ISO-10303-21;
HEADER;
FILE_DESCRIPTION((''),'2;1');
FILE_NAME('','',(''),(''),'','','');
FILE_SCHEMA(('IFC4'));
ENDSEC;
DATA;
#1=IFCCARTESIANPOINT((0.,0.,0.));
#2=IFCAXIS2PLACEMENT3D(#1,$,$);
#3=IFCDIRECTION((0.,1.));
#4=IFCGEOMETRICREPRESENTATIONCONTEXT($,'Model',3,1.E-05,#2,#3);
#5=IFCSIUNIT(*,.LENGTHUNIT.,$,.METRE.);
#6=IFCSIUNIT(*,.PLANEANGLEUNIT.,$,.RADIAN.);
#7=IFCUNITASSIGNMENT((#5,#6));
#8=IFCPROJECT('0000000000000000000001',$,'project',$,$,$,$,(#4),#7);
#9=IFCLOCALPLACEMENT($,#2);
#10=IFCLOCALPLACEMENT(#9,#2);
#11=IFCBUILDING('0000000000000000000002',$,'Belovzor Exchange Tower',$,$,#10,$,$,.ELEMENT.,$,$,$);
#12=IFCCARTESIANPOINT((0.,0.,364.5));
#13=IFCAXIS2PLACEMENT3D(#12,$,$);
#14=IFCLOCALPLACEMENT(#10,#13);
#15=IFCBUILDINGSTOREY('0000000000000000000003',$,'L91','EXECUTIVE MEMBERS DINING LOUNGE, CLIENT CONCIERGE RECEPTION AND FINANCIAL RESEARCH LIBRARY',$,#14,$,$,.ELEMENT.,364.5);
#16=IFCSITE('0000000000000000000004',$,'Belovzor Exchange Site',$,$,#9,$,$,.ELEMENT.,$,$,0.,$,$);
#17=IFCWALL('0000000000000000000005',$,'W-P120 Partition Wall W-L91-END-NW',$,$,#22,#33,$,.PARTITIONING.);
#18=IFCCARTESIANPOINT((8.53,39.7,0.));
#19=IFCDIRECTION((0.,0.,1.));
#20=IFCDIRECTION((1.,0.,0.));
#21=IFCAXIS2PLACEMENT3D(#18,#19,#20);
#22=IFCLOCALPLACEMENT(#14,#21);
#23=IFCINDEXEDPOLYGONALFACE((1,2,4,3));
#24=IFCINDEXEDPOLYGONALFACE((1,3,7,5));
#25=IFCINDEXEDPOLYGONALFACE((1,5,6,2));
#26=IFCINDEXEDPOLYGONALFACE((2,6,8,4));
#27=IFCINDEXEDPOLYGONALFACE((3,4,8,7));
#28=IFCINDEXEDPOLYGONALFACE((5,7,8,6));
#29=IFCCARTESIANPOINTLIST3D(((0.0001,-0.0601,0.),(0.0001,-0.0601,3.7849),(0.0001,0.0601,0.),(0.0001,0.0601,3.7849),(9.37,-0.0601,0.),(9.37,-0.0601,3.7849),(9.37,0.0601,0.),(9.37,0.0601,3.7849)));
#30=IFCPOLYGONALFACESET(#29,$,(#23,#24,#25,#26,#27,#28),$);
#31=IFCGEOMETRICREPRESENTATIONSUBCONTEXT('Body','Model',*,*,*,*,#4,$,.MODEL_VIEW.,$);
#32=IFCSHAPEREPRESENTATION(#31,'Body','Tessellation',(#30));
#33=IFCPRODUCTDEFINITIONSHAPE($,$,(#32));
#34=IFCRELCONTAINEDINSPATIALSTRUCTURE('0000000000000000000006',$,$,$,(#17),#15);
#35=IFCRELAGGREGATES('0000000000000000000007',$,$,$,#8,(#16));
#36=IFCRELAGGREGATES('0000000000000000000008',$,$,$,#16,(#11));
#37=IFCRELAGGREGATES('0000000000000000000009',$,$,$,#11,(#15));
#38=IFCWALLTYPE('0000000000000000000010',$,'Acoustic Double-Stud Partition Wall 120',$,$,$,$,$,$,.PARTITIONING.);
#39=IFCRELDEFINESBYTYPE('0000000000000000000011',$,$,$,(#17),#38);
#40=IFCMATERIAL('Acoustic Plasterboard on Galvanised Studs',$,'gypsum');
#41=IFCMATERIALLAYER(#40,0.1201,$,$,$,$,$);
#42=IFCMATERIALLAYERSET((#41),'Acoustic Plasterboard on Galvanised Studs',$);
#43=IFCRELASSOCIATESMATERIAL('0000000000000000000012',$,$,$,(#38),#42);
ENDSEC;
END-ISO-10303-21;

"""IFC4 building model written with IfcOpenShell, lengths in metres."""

from ifc_helpers import new_model, si_unit, direction, frame, frame_2d, origin, place, context, subcontext, project, spatial, rectangle, extrude, material, layer, layer_set, type_object, element, save


model = new_model("IFC4")

# Units and contexts
model_context = context("Model", 3, precision=1e-05, world=origin(), true_north=direction((0.0, 1.0)))
body_context = subcontext(model_context, "Body", "Model", "MODEL_VIEW")
ifc_project = project(units=[si_unit("LENGTHUNIT", "METRE"), si_unit("PLANEANGLEUNIT", "RADIAN")], contexts=[model_context])

# Site, building, storey
site_placement = place(None, origin())
site = spatial("IfcSite", under=ifc_project, at=site_placement, Name="Belovzor Exchange Site", CompositionType="ELEMENT", RefElevation=0.0)
building_placement = place(site_placement, origin())
building = spatial("IfcBuilding", under=site, at=building_placement, Name="Belovzor Exchange Tower", CompositionType="ELEMENT")
storey_placement = place(building_placement, frame((0.0, 0.0, 364.5)))
storey = spatial("IfcBuildingStorey", under=building, at=storey_placement, Name="L91", Description="EXECUTIVE MEMBERS DINING LOUNGE, CLIENT CONCIERGE RECEPTION AND FINANCIAL RESEARCH LIBRARY", CompositionType="ELEMENT", Elevation=364.5)

# Wall
ifc_material_1 = material(Name="Acoustic Plasterboard on Galvanised Studs", Category="gypsum")
ifc_layer_1 = layer(ifc_material_1, 0.1201)
ifc_layer_set_1 = layer_set([ifc_layer_1], Name="Acoustic Plasterboard on Galvanised Studs")
wall_type_1 = type_object("IfcWallType", Name="Acoustic Double-Stud Partition Wall 120", PredefinedType="PARTITIONING", material=ifc_layer_set_1)
wall_1_placement = place(storey_placement, frame((8.53, 39.7, 0.0), z_axis=(0.0, 0.0, 1.0), x_axis=(1.0, 0.0, 0.0)))
element("IfcWall", 1, at=wall_1_placement, inside=storey, type_object=wall_type_1, Name="W-P120 Partition Wall W-L91-END-NW", PredefinedType="PARTITIONING", context=body_context, shape_type="SweptSolid", body=[
    extrude(rectangle(XDim=9.3699, YDim=0.1201, at=frame_2d((4.6851, 0.0))), origin(), (0.0, 0.0, 1.0), 3.7849),
])

save(model, "model.ifc")
